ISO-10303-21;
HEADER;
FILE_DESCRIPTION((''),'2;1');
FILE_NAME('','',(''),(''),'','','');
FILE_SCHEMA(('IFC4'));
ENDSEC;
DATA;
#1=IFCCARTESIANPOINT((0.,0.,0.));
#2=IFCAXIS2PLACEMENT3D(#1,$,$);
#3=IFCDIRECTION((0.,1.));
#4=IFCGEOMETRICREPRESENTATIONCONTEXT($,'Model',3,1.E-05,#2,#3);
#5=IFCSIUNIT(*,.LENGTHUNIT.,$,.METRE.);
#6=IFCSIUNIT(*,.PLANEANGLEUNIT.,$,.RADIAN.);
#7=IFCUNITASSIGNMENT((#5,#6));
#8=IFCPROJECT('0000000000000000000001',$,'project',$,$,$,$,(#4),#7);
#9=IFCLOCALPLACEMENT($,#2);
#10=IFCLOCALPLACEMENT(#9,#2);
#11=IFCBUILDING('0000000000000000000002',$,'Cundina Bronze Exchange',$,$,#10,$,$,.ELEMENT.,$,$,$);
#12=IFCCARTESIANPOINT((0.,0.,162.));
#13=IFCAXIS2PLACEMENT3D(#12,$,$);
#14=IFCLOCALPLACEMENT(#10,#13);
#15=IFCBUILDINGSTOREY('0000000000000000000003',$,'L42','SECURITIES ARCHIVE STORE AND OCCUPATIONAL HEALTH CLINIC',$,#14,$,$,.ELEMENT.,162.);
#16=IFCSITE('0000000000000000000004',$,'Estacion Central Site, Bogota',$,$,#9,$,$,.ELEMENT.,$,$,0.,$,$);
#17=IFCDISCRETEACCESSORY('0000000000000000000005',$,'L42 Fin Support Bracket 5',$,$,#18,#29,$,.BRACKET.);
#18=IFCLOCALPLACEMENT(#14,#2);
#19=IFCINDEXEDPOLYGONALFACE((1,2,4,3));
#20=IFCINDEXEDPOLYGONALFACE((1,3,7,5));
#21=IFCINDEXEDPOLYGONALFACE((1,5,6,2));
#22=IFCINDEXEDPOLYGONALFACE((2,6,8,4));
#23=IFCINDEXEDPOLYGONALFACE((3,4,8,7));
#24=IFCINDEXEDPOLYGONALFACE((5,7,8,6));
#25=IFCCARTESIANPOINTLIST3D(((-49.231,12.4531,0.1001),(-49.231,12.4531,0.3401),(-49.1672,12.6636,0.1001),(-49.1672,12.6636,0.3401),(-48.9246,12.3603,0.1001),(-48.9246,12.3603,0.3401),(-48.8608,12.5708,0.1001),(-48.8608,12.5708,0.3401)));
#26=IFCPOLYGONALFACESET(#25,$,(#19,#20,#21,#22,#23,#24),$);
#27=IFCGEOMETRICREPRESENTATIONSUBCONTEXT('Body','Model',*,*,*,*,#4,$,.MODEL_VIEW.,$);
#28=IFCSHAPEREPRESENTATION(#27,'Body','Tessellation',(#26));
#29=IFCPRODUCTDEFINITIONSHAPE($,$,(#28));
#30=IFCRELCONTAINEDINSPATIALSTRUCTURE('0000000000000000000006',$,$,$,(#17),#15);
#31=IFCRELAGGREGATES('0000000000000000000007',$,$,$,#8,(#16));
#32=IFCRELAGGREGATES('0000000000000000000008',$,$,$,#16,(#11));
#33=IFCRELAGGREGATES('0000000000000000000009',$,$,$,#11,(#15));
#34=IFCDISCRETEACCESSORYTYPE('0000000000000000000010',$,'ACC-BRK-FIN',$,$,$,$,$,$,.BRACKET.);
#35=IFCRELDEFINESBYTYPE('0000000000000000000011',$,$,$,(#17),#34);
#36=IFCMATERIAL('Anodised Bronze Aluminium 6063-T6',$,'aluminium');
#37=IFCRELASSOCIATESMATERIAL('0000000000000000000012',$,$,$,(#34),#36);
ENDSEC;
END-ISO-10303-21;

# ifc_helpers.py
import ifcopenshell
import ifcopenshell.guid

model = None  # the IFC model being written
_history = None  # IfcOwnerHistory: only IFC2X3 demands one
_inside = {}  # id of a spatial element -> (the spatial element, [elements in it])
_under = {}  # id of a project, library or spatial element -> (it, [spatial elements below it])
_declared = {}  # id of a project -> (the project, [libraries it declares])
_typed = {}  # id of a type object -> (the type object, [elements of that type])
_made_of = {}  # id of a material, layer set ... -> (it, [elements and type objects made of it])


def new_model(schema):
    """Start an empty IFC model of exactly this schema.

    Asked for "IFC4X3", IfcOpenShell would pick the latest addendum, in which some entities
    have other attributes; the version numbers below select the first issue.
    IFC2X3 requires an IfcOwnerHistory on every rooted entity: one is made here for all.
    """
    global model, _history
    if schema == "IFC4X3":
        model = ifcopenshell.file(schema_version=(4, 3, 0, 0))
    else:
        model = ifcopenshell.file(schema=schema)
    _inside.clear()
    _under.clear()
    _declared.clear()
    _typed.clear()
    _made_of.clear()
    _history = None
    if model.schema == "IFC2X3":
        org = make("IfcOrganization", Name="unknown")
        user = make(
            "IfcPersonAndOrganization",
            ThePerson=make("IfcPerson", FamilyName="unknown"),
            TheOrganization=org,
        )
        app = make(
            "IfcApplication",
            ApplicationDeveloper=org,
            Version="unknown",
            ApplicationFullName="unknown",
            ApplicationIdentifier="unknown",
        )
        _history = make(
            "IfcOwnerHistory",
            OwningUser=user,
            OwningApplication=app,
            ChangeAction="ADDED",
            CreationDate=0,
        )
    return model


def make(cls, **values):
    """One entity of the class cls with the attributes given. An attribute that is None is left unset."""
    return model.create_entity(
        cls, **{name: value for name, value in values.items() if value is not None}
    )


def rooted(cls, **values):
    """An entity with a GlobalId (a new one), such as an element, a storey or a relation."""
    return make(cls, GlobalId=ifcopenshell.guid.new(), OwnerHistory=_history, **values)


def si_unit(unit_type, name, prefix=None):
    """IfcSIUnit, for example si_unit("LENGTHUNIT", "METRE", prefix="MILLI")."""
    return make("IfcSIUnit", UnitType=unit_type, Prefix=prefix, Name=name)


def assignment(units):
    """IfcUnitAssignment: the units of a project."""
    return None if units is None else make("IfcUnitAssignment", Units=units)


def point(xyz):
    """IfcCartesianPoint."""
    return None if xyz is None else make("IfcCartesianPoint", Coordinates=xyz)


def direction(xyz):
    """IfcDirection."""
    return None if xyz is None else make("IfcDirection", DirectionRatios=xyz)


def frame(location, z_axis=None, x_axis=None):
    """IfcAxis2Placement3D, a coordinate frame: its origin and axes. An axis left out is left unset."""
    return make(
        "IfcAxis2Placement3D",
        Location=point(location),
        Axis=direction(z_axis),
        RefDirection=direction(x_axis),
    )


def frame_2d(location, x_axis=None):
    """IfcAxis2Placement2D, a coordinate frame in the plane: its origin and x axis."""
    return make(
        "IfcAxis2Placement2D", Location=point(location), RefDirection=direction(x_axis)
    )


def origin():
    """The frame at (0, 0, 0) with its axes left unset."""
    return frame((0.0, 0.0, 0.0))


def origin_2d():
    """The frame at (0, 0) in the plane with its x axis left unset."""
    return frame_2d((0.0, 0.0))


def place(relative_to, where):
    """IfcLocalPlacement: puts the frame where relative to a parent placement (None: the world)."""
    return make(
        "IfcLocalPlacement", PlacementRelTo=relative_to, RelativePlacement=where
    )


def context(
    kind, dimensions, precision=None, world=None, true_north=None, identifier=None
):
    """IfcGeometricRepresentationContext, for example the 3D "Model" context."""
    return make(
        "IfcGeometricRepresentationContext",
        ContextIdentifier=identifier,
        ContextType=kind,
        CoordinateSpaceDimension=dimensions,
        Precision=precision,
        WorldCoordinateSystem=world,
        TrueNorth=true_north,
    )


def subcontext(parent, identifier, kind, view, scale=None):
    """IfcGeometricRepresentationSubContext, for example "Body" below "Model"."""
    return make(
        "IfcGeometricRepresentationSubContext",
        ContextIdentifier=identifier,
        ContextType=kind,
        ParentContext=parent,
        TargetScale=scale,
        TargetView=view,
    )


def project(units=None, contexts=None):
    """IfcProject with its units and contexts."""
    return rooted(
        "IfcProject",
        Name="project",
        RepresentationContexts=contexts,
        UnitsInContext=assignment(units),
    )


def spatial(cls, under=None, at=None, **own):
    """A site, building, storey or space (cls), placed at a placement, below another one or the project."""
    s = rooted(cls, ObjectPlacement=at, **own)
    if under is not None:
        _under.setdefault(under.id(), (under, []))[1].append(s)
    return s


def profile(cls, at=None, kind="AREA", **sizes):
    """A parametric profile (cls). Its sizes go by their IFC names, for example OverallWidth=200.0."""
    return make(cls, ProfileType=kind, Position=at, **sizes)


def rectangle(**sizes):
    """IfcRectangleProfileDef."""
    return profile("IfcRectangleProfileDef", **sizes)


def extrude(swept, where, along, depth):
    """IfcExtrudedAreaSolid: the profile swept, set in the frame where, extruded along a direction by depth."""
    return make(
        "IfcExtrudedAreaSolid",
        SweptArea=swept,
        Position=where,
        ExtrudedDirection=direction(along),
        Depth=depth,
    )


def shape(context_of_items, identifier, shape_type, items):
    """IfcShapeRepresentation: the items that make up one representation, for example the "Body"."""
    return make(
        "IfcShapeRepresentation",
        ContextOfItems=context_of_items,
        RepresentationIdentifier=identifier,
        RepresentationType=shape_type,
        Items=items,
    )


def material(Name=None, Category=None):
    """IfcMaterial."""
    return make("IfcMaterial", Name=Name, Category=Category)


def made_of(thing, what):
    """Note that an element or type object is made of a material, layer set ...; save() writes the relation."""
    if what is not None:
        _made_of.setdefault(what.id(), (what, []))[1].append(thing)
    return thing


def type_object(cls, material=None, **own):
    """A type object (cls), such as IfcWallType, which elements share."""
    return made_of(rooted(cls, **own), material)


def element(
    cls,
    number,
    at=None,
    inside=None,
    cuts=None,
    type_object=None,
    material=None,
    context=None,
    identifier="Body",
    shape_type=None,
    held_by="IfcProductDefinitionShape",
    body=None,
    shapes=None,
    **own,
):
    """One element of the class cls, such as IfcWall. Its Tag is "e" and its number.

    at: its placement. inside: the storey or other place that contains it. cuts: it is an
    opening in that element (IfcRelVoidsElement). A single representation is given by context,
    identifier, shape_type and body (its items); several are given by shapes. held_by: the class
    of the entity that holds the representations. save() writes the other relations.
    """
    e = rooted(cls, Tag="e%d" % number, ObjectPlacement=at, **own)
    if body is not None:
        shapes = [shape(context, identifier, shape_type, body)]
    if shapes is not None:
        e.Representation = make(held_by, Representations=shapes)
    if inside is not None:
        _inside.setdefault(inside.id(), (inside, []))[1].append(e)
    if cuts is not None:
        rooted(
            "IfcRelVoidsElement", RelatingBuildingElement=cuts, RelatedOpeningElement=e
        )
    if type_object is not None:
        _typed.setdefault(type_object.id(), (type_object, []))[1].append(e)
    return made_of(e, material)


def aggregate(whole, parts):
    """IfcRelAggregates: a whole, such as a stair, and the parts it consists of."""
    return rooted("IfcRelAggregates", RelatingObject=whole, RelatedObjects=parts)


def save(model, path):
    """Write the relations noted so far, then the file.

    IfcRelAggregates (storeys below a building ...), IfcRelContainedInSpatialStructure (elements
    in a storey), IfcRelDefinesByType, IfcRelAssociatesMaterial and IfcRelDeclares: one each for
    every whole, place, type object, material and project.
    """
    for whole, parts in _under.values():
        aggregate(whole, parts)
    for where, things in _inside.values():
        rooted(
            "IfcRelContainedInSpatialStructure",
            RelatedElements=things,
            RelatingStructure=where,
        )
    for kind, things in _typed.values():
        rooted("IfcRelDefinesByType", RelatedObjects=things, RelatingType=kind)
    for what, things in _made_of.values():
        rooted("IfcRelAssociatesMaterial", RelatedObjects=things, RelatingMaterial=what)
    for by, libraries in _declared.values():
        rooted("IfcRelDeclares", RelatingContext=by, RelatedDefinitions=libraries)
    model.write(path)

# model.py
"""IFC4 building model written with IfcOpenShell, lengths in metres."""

from ifc_helpers import new_model, si_unit, direction, frame, origin, origin_2d, place, context, subcontext, project, spatial, rectangle, extrude, material, type_object, element, save


model = new_model("IFC4")

# Units and contexts
model_context = context("Model", 3, precision=1e-05, world=origin(), true_north=direction((0.0, 1.0)))
body_context = subcontext(model_context, "Body", "Model", "MODEL_VIEW")
ifc_project = project(units=[si_unit("LENGTHUNIT", "METRE"), si_unit("PLANEANGLEUNIT", "RADIAN")], contexts=[model_context])

# Site, building, storey
site_placement = place(None, origin())
site = spatial("IfcSite", under=ifc_project, at=site_placement, Name="Estacion Central Site, Bogota", CompositionType="ELEMENT", RefElevation=0.0)
building_placement = place(site_placement, origin())
building = spatial("IfcBuilding", under=site, at=building_placement, Name="Cundina Bronze Exchange", CompositionType="ELEMENT")
storey_placement = place(building_placement, frame((0.0, 0.0, 162.0)))
storey = spatial("IfcBuildingStorey", under=building, at=storey_placement, Name="L42", Description="SECURITIES ARCHIVE STORE AND OCCUPATIONAL HEALTH CLINIC", CompositionType="ELEMENT", Elevation=162.0)

# Shared definitions
ifc_material_1 = material(Name="Anodised Bronze Aluminium 6063-T6", Category="aluminium")

# Discrete accessory
discrete_accessory_type = type_object("IfcDiscreteAccessoryType", Name="ACC-BRK-FIN", PredefinedType="BRACKET", material=ifc_material_1)
discrete_accessory_placement = place(storey_placement, frame((-49.0459, 12.512, 0.1001), z_axis=(0.0, 0.0, 1.0), x_axis=(-0.290051, -0.957011, 0.0)))
element("IfcDiscreteAccessory", 1, at=discrete_accessory_placement, inside=storey, type_object=discrete_accessory_type, Name="L42 Fin Support Bracket 5", PredefinedType="BRACKET", context=body_context, shape_type="SweptSolid", body=[
    extrude(rectangle(XDim=0.22, YDim=0.3201, at=origin_2d()), origin(), (0.0, 0.0, 1.0), 0.24),
])

save(model, "model.ifc")
